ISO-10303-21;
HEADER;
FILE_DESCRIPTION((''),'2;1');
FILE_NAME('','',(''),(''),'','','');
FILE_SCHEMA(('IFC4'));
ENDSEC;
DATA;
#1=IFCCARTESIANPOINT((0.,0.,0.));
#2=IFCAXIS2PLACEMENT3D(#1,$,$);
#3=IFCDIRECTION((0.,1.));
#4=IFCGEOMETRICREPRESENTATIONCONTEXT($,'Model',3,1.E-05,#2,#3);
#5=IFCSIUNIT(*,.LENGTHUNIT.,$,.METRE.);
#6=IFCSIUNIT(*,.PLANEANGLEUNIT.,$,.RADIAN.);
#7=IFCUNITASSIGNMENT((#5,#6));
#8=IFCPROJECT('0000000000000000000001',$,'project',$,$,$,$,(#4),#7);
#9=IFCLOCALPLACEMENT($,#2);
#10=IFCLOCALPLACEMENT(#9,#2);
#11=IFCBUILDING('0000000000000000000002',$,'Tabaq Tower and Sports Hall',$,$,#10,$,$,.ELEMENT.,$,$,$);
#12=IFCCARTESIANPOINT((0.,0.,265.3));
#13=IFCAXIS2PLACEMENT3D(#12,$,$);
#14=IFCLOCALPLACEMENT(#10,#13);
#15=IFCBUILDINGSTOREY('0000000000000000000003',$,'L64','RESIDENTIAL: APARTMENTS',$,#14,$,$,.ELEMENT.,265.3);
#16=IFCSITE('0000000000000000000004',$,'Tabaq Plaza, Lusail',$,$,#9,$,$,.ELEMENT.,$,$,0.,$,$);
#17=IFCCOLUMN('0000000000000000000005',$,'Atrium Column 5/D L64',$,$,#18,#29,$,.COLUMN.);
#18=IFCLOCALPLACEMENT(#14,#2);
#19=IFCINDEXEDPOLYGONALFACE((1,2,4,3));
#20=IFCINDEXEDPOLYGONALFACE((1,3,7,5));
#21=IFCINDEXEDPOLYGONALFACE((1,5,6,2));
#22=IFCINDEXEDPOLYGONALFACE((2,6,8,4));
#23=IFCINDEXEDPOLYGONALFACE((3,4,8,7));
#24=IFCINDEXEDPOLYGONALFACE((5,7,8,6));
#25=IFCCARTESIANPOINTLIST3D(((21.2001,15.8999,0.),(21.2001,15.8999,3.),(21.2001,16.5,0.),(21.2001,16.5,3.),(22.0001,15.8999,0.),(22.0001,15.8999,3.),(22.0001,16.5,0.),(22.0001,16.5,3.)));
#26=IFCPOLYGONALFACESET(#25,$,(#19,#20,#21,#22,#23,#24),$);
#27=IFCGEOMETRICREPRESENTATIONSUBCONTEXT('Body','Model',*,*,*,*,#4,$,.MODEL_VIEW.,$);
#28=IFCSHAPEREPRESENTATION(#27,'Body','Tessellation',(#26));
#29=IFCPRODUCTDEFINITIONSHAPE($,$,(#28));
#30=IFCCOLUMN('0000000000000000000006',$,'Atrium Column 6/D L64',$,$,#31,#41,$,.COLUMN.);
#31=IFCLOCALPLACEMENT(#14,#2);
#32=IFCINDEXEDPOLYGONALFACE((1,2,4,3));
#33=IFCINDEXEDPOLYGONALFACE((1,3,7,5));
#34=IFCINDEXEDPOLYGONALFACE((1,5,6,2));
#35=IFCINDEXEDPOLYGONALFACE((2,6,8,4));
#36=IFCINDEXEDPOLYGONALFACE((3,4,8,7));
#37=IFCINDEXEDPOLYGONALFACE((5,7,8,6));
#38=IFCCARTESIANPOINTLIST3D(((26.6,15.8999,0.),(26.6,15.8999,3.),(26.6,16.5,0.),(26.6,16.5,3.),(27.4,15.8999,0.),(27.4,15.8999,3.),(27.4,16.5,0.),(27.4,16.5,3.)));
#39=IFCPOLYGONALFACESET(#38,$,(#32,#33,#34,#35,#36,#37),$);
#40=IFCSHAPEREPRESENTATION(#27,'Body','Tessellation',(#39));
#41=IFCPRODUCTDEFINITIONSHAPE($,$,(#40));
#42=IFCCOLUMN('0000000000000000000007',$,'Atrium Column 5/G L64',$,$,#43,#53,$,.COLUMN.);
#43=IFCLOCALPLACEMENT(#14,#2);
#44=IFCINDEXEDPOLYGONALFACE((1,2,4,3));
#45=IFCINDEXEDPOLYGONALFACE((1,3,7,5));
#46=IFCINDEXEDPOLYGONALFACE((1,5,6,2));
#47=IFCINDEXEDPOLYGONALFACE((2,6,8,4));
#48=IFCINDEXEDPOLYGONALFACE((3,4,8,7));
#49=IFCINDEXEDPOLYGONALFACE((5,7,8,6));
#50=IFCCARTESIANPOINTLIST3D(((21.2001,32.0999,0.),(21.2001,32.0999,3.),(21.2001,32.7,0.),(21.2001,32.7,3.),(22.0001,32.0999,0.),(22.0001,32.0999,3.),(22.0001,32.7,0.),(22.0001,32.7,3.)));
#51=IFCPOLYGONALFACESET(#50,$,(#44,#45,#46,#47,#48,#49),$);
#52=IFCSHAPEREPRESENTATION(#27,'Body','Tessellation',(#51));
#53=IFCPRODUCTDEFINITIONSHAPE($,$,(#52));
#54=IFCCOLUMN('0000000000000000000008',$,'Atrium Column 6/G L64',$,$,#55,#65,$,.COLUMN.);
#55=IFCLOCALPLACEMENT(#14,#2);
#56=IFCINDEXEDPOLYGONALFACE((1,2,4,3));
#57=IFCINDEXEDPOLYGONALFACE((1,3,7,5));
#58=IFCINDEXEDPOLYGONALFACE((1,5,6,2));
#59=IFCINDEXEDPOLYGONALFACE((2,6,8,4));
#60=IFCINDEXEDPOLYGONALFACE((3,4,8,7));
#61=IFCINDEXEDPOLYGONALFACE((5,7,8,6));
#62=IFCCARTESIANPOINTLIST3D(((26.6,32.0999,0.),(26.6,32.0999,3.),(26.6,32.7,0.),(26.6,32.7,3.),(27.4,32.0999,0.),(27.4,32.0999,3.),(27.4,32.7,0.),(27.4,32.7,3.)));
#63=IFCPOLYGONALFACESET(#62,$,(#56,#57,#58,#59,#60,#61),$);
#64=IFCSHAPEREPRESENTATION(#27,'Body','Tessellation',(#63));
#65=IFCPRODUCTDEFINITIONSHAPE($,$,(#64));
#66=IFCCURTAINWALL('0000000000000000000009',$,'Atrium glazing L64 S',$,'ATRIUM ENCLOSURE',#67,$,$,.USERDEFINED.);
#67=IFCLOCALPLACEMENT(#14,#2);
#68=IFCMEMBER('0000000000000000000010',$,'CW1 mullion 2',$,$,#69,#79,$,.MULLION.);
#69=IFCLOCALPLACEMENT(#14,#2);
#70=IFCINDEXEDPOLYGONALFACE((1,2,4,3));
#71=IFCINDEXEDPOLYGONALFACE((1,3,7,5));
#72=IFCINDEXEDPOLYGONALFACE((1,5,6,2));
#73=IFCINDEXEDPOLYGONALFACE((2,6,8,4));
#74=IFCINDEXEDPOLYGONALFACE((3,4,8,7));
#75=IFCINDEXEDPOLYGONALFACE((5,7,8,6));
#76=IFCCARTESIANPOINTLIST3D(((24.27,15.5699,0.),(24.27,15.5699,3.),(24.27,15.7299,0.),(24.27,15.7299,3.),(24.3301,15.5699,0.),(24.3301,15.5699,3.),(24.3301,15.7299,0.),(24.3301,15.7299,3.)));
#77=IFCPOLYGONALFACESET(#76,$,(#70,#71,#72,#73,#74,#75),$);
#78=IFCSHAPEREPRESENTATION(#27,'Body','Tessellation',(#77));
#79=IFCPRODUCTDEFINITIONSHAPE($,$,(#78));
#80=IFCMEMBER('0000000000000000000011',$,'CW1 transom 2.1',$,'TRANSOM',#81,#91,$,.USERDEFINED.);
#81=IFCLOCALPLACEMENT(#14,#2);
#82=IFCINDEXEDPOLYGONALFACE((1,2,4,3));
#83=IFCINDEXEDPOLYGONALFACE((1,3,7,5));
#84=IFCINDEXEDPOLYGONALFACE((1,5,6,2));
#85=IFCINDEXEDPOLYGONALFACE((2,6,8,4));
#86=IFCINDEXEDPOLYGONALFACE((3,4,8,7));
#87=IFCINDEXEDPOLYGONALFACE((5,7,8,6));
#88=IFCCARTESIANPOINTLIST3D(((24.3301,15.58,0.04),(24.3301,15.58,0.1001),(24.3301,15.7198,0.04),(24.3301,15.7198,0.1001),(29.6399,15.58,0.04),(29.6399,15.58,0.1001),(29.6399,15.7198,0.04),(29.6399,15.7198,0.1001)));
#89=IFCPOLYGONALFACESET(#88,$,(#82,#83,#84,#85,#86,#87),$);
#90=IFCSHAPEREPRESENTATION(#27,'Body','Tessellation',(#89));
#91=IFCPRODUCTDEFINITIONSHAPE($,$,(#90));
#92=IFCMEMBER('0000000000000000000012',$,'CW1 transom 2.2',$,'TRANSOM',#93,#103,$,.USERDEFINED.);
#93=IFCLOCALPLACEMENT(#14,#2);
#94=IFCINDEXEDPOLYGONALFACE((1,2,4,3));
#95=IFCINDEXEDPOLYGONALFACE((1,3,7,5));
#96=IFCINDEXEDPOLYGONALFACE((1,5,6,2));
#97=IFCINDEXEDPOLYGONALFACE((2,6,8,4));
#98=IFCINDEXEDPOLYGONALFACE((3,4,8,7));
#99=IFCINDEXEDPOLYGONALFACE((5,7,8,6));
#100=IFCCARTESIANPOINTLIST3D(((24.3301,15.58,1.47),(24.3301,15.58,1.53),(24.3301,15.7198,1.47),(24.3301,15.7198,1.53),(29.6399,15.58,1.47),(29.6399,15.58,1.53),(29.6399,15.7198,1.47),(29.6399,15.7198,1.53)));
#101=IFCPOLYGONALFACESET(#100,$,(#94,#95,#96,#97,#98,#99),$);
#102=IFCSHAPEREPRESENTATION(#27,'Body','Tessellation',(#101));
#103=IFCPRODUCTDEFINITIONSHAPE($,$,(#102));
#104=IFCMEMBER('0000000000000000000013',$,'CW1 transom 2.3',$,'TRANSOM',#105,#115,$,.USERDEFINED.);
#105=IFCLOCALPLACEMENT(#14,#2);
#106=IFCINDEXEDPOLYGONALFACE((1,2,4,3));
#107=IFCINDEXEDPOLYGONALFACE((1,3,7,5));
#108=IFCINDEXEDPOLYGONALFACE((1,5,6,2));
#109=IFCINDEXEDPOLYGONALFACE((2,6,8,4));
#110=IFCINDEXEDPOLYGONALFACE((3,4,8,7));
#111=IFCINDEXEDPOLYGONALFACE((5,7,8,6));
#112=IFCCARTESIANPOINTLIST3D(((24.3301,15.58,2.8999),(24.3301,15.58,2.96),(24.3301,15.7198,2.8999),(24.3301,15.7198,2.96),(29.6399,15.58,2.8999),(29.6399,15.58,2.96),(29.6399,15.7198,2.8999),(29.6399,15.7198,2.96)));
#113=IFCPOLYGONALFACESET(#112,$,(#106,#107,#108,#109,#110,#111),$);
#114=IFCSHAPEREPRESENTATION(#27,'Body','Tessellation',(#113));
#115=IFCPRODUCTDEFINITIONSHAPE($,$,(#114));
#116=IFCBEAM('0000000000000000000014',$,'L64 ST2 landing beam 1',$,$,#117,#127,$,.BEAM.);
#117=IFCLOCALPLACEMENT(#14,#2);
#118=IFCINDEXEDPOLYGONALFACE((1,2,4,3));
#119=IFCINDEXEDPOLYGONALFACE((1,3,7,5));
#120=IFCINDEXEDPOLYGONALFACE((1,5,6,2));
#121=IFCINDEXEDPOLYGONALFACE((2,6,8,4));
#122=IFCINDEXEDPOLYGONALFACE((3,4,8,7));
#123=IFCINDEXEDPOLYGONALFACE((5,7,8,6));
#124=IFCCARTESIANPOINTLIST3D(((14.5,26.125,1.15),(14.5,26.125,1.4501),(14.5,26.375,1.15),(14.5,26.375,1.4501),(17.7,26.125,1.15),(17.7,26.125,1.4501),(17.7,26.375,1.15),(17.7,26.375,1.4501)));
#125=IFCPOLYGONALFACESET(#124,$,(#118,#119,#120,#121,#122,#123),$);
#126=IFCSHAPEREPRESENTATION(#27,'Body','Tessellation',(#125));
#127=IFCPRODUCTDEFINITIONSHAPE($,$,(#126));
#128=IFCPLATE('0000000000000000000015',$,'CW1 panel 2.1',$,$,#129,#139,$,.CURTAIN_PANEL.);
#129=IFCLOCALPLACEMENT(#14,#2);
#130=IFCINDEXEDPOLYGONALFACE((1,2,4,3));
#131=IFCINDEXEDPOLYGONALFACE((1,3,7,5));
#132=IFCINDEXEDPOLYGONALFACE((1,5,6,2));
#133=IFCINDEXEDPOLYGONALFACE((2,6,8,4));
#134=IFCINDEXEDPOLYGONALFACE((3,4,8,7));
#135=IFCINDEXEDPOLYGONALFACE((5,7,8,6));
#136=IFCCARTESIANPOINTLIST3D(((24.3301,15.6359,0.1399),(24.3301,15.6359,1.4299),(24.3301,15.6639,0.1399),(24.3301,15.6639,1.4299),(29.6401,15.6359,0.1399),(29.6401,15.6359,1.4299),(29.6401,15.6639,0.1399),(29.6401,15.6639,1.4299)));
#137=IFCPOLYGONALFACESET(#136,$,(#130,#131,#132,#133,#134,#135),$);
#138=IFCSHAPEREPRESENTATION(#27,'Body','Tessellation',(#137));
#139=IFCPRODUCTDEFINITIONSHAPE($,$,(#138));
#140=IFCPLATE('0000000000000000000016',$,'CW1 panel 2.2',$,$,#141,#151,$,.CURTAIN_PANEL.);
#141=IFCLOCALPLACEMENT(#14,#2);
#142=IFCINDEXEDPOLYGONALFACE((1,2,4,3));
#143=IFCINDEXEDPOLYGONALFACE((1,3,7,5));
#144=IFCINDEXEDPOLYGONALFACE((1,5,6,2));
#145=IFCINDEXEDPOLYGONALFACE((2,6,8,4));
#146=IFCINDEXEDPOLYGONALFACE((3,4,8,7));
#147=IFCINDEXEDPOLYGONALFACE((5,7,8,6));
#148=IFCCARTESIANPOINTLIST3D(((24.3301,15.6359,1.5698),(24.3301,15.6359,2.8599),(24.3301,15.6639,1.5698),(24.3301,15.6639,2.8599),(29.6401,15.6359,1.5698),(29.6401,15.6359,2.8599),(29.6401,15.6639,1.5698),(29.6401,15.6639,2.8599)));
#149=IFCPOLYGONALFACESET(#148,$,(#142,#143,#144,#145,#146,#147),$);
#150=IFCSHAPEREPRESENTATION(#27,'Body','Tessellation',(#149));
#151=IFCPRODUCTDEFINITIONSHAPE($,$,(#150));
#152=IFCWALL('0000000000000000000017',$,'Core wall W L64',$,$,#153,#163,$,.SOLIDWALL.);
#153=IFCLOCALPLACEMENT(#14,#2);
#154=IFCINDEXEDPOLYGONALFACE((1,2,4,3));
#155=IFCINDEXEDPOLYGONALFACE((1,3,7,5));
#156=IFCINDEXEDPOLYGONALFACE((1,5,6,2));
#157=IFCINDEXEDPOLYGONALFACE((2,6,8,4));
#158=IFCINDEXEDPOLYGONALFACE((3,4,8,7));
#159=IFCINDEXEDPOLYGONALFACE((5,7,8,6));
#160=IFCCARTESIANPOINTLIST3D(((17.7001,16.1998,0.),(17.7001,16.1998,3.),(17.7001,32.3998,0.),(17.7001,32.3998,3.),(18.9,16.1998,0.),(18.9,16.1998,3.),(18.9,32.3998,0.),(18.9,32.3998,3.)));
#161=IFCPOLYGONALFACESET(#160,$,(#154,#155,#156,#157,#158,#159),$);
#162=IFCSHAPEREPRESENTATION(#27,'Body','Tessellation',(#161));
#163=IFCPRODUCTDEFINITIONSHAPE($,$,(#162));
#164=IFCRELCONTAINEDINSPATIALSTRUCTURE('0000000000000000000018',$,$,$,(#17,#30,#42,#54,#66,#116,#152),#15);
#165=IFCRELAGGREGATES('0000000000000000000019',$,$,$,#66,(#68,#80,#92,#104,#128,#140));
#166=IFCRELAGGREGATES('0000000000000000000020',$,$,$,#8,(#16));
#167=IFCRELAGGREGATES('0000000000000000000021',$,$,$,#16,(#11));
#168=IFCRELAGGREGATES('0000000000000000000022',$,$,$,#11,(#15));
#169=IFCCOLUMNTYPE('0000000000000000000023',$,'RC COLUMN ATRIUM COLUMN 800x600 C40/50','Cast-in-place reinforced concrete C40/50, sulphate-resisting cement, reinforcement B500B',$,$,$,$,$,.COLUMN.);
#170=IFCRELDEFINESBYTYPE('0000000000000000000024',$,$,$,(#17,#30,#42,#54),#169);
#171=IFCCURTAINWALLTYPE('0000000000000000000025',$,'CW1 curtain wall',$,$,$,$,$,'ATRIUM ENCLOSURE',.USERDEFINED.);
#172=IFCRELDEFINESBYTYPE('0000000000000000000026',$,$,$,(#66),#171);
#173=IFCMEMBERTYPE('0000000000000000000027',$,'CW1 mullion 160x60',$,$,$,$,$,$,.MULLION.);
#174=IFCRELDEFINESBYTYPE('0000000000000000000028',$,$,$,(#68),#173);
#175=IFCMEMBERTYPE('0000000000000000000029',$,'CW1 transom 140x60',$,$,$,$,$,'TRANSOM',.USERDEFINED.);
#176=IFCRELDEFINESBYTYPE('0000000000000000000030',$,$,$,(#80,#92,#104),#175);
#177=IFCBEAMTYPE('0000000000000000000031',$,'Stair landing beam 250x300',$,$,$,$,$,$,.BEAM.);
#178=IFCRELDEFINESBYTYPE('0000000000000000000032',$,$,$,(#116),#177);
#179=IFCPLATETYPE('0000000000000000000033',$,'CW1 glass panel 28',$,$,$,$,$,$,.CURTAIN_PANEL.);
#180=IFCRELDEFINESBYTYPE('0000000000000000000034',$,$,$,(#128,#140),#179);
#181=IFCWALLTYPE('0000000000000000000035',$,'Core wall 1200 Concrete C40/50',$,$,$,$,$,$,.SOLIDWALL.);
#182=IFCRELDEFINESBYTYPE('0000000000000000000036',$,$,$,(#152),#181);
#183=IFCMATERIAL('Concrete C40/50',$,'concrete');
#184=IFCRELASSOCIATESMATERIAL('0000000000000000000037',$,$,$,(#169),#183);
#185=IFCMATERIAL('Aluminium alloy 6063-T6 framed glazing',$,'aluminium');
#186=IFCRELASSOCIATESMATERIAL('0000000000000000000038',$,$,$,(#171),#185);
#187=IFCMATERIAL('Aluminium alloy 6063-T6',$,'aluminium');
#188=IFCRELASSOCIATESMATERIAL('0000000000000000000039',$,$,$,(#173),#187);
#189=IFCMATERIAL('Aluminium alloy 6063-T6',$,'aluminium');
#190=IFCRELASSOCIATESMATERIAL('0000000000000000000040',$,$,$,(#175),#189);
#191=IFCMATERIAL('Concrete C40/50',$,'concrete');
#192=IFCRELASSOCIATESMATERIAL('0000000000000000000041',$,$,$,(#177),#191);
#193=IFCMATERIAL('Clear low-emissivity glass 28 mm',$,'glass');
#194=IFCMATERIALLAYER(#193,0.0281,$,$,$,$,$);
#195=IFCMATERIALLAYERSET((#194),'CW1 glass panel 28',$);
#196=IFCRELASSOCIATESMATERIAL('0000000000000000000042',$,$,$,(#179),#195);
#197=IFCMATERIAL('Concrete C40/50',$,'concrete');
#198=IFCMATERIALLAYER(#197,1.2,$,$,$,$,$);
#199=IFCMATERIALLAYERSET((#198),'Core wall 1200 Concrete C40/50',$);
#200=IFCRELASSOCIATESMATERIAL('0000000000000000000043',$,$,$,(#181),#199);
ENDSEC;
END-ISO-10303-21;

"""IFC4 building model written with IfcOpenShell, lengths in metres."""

from ifc_helpers import new_model, si_unit, direction, frame, frame_2d, origin, origin_2d, place, context, subcontext, project, spatial, rectangle, extrude, material, layer, layer_set, material_profile, profile_set, type_object, element, aggregate, save


model = new_model("IFC4")

# Units and contexts
model_context = context("Model", 3, precision=1e-05, world=origin(), true_north=direction((0.0, 1.0)))
body_context = subcontext(model_context, "Body", "Model", "MODEL_VIEW")
ifc_project = project(units=[si_unit("LENGTHUNIT", "METRE"), si_unit("PLANEANGLEUNIT", "RADIAN")], contexts=[model_context])

# Site, building, storey
site_placement = place(None, origin())
site = spatial("IfcSite", under=ifc_project, at=site_placement, Name="Tabaq Plaza, Lusail", CompositionType="ELEMENT", RefElevation=0.0)
building_placement = place(site_placement, origin())
building = spatial("IfcBuilding", under=site, at=building_placement, Name="Tabaq Tower and Sports Hall", CompositionType="ELEMENT")
storey_placement = place(building_placement, frame((0.0, 0.0, 265.3)))
storey = spatial("IfcBuildingStorey", under=building, at=storey_placement, Name="L64", Description="RESIDENTIAL: APARTMENTS", CompositionType="ELEMENT", Elevation=265.3)

# Columns
ifc_material_1 = material(Name="Concrete C40/50", Category="concrete")
ifc_material_profile_1 = material_profile(ifc_material_1, rectangle(XDim=0.8, YDim=0.6001, at=origin_2d()), Name="ATRIUM COLUMN 800x600")
ifc_profile_set_1 = profile_set([ifc_material_profile_1], Name="Concrete C40/50")
column_type = type_object("IfcColumnType", Name="RC COLUMN ATRIUM COLUMN 800x600 C40/50", Description="Cast-in-place reinforced concrete C40/50, sulphate-resisting cement, reinforcement B500B", PredefinedType="COLUMN", material=ifc_profile_set_1)
for number, where, z_axis, x_axis, name in (
    (1, (21.6001, 16.2, 0.0), (0.0, 0.0, 1.0), (1.0, 0.0, 0.0), "Atrium Column 5/D L64"),
    (2, (27.0, 16.2, 0.0), (0.0, 0.0, 1.0), (1.0, 0.0, 0.0), "Atrium Column 6/D L64"),
    (3, (21.6001, 32.3999, 0.0), (0.0, 0.0, 1.0), (1.0, 0.0, 0.0), "Atrium Column 5/G L64"),
    (4, (27.0, 32.3999, 0.0), (0.0, 0.0, 1.0), (1.0, 0.0, 0.0), "Atrium Column 6/G L64"),
):
    element("IfcColumn", number, at=place(storey_placement, frame(where, z_axis=z_axis, x_axis=x_axis)), inside=storey, type_object=column_type, Name=name, PredefinedType="COLUMN", context=body_context, shape_type="SweptSolid", body=[
        extrude(rectangle(XDim=0.8, YDim=0.6001, at=origin_2d()), origin(), (0.0, 0.0, 1.0), 3.0),
    ])

# Curtain wall, members
ifc_material_2 = material(Name="Aluminium alloy 6063-T6 framed glazing", Category="aluminium")
curtain_wall_type = type_object("IfcCurtainWallType", Name="CW1 curtain wall", ElementType="ATRIUM ENCLOSURE", PredefinedType="USERDEFINED", material=ifc_material_2)
curtain_wall_placement = place(storey_placement, origin())
curtain_wall = element("IfcCurtainWall", 5, at=curtain_wall_placement, inside=storey, type_object=curtain_wall_type, Name="Atrium glazing L64 S", ObjectType="ATRIUM ENCLOSURE", PredefinedType="USERDEFINED")
ifc_material_3 = material(Name="Aluminium alloy 6063-T6", Category="aluminium")
ifc_material_profile_2 = material_profile(ifc_material_3, rectangle(XDim=0.1599, YDim=0.0601, at=origin_2d()), Name="MULLION 160x60")
ifc_profile_set_2 = profile_set([ifc_material_profile_2], Name="Aluminium alloy 6063-T6")
member_type_1 = type_object("IfcMemberType", Name="CW1 mullion 160x60", PredefinedType="MULLION", material=ifc_profile_set_2)
member_1_placement = place(storey_placement, frame((24.3, 15.6499, 0.0), z_axis=(0.0, 0.0, 1.0), x_axis=(0.0, 1.0, 0.0)))
member_1 = element("IfcMember", 6, at=member_1_placement, type_object=member_type_1, Name="CW1 mullion 2", PredefinedType="MULLION", context=body_context, shape_type="SweptSolid", body=[
    extrude(rectangle(XDim=0.1599, YDim=0.0601, at=origin_2d()), origin(), (0.0, 0.0, 1.0), 3.0),
])
ifc_material_4 = material(Name="Aluminium alloy 6063-T6", Category="aluminium")
ifc_material_profile_3 = material_profile(ifc_material_4, rectangle(XDim=0.1399, YDim=0.0601, at=origin_2d()), Name="TRANSOM 140x60")
ifc_profile_set_3 = profile_set([ifc_material_profile_3], Name="Aluminium alloy 6063-T6")
member_type_2 = type_object("IfcMemberType", Name="CW1 transom 140x60", ElementType="TRANSOM", PredefinedType="USERDEFINED", material=ifc_profile_set_3)
member_2_placement = place(storey_placement, frame((24.3301, 15.6499, 0.0701), z_axis=(1.0, 0.0, 0.0), x_axis=(0.0, 1.0, 0.0)))
member_2 = element("IfcMember", 7, at=member_2_placement, type_object=member_type_2, Name="CW1 transom 2.1", ObjectType="TRANSOM", PredefinedType="USERDEFINED", context=body_context, shape_type="SweptSolid", body=[
    extrude(rectangle(XDim=0.1399, YDim=0.0601, at=origin_2d()), origin(), (0.0, 0.0, 1.0), 5.3098),
])
member_3_placement = place(storey_placement, frame((24.3301, 15.6499, 1.5), z_axis=(1.0, 0.0, 0.0), x_axis=(0.0, 1.0, 0.0)))
member_3 = element("IfcMember", 8, at=member_3_placement, type_object=member_type_2, Name="CW1 transom 2.2", ObjectType="TRANSOM", PredefinedType="USERDEFINED", context=body_context, shape_type="SweptSolid", body=[
    extrude(rectangle(XDim=0.1399, YDim=0.0601, at=origin_2d()), origin(), (0.0, 0.0, 1.0), 5.3098),
])
member_4_placement = place(storey_placement, frame((24.3301, 15.6499, 2.9299), z_axis=(1.0, 0.0, 0.0), x_axis=(0.0, 1.0, 0.0)))
member_4 = element("IfcMember", 9, at=member_4_placement, type_object=member_type_2, Name="CW1 transom 2.3", ObjectType="TRANSOM", PredefinedType="USERDEFINED", context=body_context, shape_type="SweptSolid", body=[
    extrude(rectangle(XDim=0.1399, YDim=0.0601, at=origin_2d()), origin(), (0.0, 0.0, 1.0), 5.3098),
])

# Beam
ifc_material_5 = material(Name="Concrete C40/50", Category="concrete")
ifc_material_profile_4 = material_profile(ifc_material_5, rectangle(XDim=0.25, YDim=0.3, at=origin_2d()), Name="RC 250x300")
ifc_profile_set_4 = profile_set([ifc_material_profile_4], Name="Concrete C40/50")
beam_type = type_object("IfcBeamType", Name="Stair landing beam 250x300", PredefinedType="BEAM", material=ifc_profile_set_4)
beam_placement = place(storey_placement, frame((14.5, 26.25, 1.3), z_axis=(1.0, 0.0, 0.0), x_axis=(0.0, 1.0, 0.0)))
element("IfcBeam", 10, at=beam_placement, inside=storey, type_object=beam_type, Name="L64 ST2 landing beam 1", PredefinedType="BEAM", context=body_context, shape_type="SweptSolid", body=[
    extrude(rectangle(XDim=0.25, YDim=0.3, at=origin_2d()), origin(), (0.0, 0.0, 1.0), 3.2),
])

# Plates
ifc_material_6 = material(Name="Clear low-emissivity glass 28 mm", Category="glass")
ifc_layer_1 = layer(ifc_material_6, 0.0281)
ifc_layer_set_1 = layer_set([ifc_layer_1], Name="CW1 glass panel 28")
plate_type = type_object("IfcPlateType", Name="CW1 glass panel 28", PredefinedType="CURTAIN_PANEL", material=ifc_layer_set_1)
plate_1_placement = place(storey_placement, frame((26.9851, 15.6499, 0.1399), z_axis=(0.0, 0.0, 1.0), x_axis=(1.0, 0.0, 0.0)))
plate_1 = element("IfcPlate", 11, at=plate_1_placement, type_object=plate_type, Name="CW1 panel 2.1", PredefinedType="CURTAIN_PANEL", context=body_context, shape_type="SweptSolid", body=[
    extrude(rectangle(XDim=5.3101, YDim=0.0281, at=origin_2d()), origin(), (0.0, 0.0, 1.0), 1.29),
])
plate_2_placement = place(storey_placement, frame((26.9851, 15.6499, 1.5698), z_axis=(0.0, 0.0, 1.0), x_axis=(1.0, 0.0, 0.0)))
plate_2 = element("IfcPlate", 12, at=plate_2_placement, type_object=plate_type, Name="CW1 panel 2.2", PredefinedType="CURTAIN_PANEL", context=body_context, shape_type="SweptSolid", body=[
    extrude(rectangle(XDim=5.3101, YDim=0.0281, at=origin_2d()), origin(), (0.0, 0.0, 1.0), 1.29),
])
aggregate(curtain_wall, [member_1, member_2, member_3, member_4, plate_1, plate_2])

# Wall
ifc_material_7 = material(Name="Concrete C40/50", Category="concrete")
ifc_layer_2 = layer(ifc_material_7, 1.2)
ifc_layer_set_2 = layer_set([ifc_layer_2], Name="Core wall 1200 Concrete C40/50")
wall_type_1 = type_object("IfcWallType", Name="Core wall 1200 Concrete C40/50", PredefinedType="SOLIDWALL", material=ifc_layer_set_2)
wall_1_placement = place(storey_placement, frame((18.3, 32.3999, 0.0), z_axis=(0.0, 0.0, 1.0), x_axis=(0.0, -1.0, 0.0)))
element("IfcWall", 13, at=wall_1_placement, inside=storey, type_object=wall_type_1, Name="Core wall W L64", PredefinedType="SOLIDWALL", context=body_context, shape_type="SweptSolid", body=[
    extrude(rectangle(XDim=16.2, YDim=1.2, at=frame_2d((8.1001, 0.0))), origin(), (0.0, 0.0, 1.0), 3.0),
])

save(model, "model.ifc")
